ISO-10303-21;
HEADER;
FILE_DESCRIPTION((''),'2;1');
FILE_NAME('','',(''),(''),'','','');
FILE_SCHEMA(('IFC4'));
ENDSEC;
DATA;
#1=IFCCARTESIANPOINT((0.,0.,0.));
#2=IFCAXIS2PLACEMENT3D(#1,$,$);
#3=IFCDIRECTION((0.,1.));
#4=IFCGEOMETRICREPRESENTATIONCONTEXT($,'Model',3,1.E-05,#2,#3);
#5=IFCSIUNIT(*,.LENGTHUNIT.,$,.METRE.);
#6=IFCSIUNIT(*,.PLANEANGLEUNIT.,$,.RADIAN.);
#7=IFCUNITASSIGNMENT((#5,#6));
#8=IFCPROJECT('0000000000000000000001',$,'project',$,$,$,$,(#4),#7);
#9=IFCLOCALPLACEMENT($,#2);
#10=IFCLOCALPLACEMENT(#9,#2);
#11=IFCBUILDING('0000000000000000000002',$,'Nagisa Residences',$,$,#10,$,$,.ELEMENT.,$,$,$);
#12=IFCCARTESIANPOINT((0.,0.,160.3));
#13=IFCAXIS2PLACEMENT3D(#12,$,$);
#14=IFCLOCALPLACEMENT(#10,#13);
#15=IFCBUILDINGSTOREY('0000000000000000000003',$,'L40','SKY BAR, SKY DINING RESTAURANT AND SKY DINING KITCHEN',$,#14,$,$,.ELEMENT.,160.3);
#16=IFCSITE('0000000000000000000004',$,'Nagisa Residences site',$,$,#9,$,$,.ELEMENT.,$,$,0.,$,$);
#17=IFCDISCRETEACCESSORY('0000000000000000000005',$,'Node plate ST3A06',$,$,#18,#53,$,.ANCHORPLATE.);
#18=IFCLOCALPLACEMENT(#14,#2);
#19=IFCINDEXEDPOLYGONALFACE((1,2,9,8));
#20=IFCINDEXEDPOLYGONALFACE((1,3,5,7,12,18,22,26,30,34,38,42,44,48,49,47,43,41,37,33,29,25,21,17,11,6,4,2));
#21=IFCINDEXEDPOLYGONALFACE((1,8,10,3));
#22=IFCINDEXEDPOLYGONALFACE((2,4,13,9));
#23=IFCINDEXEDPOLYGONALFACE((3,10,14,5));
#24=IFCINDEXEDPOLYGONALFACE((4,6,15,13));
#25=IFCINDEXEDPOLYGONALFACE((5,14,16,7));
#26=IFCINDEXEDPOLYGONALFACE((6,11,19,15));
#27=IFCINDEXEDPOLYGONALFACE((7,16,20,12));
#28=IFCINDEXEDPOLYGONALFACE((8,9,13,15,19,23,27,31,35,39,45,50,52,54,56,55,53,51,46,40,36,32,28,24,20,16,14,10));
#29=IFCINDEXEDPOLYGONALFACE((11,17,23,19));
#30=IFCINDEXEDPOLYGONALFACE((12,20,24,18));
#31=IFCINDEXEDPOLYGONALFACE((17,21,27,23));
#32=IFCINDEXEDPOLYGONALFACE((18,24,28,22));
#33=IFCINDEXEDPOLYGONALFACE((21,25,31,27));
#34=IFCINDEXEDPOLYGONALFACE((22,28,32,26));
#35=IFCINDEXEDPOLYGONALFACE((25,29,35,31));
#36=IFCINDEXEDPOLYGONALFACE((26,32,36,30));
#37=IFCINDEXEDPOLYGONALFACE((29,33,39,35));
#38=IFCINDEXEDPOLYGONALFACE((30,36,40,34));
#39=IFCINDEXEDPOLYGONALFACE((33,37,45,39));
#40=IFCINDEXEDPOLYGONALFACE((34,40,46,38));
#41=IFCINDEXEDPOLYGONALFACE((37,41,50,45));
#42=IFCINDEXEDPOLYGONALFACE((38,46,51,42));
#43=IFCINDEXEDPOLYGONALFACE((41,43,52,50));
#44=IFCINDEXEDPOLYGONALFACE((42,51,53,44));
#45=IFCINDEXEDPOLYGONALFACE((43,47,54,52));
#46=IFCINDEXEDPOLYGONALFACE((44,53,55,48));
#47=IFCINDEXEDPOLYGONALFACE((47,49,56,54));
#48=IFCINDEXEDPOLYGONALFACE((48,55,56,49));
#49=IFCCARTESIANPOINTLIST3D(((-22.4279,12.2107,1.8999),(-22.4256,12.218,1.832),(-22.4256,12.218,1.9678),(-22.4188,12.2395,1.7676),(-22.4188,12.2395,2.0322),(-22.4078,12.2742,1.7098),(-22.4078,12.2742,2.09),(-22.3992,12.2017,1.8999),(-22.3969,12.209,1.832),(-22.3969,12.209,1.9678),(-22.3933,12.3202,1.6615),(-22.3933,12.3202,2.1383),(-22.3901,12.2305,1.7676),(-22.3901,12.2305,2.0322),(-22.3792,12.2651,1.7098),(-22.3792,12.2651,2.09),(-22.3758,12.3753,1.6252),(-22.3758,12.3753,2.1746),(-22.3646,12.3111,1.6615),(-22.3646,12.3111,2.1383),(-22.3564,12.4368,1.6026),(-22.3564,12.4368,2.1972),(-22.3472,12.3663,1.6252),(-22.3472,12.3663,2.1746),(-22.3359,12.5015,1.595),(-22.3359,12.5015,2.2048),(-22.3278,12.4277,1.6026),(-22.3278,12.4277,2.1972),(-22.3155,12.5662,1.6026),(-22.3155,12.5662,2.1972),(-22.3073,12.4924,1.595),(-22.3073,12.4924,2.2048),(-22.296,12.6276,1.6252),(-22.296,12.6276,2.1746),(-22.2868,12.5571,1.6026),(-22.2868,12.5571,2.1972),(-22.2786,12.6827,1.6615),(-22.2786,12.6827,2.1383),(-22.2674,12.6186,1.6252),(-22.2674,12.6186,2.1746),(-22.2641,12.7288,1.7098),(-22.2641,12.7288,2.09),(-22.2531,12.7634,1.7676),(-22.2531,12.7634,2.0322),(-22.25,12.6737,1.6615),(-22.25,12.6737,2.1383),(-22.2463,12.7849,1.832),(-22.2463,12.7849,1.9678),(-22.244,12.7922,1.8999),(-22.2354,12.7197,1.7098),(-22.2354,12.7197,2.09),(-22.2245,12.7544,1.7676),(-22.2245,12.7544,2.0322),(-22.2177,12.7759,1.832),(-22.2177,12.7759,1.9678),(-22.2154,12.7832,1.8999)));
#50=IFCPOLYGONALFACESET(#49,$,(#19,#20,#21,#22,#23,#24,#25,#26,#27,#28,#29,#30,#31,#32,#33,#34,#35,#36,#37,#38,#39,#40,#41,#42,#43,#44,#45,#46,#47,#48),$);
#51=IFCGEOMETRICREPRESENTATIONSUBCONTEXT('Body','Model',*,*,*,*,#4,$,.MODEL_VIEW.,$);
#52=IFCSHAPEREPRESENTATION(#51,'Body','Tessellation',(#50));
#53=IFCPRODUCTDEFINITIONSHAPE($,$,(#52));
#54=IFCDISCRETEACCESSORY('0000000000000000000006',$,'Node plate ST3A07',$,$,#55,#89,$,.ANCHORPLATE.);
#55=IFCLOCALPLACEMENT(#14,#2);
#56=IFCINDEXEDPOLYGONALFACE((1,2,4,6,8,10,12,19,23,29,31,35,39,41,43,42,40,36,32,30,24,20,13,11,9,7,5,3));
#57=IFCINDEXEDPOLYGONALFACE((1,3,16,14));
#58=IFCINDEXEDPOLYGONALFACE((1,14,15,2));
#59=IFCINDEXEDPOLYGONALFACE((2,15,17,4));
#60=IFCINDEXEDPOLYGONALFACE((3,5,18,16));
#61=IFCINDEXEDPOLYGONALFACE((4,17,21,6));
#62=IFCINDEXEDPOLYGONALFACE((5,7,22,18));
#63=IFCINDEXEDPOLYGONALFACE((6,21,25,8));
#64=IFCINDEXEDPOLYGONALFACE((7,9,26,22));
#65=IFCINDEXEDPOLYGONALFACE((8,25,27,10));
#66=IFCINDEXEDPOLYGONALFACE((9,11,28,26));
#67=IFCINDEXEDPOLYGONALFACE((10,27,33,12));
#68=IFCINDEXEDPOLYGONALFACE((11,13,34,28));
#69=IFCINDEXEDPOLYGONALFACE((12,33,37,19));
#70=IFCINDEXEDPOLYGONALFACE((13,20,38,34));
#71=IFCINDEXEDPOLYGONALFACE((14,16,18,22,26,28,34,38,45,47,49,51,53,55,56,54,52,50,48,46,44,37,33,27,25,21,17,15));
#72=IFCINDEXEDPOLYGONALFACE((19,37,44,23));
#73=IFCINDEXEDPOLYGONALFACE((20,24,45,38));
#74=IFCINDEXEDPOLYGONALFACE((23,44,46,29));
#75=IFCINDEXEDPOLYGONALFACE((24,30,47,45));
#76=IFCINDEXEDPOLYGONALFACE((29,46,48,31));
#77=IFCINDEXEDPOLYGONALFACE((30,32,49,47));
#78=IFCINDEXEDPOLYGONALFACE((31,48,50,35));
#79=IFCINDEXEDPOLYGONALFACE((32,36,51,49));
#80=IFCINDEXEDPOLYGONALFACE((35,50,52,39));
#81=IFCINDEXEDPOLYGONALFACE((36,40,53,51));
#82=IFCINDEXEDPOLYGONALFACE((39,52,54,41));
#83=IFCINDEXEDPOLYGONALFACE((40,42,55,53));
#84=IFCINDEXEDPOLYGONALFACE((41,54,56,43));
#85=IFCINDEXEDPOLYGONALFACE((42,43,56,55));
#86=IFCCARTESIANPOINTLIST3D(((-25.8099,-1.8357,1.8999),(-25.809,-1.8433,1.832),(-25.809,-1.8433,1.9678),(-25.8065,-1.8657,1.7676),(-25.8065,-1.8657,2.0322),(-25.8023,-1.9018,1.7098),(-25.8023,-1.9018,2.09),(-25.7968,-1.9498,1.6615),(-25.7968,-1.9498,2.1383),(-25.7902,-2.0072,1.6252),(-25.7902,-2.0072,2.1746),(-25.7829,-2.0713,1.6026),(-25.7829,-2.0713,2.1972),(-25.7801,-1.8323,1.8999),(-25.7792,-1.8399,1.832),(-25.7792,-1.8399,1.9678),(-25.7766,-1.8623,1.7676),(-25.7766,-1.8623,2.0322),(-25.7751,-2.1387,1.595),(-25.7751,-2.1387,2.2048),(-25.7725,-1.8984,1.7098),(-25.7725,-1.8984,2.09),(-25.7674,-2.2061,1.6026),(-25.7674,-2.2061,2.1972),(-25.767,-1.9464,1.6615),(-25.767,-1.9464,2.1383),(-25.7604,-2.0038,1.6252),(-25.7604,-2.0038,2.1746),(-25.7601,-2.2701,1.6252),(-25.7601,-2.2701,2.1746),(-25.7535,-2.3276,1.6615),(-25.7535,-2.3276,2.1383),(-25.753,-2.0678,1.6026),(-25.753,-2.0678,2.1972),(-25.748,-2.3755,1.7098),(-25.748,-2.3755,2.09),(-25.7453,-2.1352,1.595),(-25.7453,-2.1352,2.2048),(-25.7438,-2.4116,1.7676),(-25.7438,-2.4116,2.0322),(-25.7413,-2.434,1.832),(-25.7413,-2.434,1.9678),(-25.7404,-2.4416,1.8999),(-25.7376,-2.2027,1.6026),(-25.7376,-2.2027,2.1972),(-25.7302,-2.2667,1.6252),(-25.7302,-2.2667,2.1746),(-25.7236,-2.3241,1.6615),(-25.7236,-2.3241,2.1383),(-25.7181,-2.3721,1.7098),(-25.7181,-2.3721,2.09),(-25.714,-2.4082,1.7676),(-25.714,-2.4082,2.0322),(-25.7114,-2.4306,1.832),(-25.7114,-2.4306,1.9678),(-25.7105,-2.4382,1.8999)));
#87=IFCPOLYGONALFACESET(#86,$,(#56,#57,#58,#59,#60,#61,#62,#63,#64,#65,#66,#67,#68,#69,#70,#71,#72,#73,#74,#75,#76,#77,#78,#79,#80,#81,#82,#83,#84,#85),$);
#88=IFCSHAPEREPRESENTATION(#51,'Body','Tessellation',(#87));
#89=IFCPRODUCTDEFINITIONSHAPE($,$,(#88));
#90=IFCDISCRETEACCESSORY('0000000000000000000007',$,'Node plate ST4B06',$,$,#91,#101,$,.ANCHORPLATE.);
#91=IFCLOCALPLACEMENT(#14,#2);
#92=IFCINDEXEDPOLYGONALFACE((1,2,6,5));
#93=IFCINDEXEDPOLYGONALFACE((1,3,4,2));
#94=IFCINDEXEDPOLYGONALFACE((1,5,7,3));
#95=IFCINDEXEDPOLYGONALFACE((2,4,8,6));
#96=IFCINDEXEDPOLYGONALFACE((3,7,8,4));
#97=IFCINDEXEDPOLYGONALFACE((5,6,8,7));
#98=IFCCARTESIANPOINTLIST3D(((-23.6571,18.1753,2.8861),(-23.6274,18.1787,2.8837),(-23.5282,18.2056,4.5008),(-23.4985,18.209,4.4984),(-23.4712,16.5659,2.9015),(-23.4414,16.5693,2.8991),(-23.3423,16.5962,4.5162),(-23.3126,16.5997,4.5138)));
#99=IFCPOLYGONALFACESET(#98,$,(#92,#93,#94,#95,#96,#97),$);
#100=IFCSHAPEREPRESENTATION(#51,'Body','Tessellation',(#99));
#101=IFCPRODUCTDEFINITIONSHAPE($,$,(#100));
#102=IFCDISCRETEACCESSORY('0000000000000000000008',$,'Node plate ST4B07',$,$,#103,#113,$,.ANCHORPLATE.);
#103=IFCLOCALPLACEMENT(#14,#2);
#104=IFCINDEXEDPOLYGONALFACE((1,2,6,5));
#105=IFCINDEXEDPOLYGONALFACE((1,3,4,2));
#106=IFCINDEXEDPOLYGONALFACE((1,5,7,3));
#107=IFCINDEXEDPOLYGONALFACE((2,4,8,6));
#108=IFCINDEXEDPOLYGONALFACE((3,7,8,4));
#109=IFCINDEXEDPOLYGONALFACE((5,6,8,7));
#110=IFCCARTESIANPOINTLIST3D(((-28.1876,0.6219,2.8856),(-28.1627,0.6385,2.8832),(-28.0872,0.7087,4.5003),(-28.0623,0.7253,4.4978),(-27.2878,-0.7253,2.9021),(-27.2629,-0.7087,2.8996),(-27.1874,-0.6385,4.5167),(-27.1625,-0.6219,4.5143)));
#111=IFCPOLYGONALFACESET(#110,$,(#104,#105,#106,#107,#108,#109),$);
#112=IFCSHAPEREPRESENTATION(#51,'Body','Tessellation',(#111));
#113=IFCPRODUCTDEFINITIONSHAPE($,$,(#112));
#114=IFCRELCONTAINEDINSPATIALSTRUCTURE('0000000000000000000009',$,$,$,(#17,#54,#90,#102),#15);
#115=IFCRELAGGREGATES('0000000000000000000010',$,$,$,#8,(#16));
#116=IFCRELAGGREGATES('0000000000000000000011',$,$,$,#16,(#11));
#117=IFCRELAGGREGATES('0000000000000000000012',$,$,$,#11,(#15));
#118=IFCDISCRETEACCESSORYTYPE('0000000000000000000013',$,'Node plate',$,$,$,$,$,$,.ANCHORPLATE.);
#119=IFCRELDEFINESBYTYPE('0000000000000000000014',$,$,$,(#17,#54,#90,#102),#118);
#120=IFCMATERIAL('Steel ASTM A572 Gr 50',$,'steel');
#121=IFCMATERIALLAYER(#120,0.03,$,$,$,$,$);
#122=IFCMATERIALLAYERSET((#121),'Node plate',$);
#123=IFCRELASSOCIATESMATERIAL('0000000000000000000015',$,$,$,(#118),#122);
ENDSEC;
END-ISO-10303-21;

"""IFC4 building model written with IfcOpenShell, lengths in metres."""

from ifc_helpers import new_model, si_unit, direction, frame, origin, origin_2d, place, context, subcontext, project, spatial, rectangle, circle, extrude, material, layer, layer_set, type_object, element, save


model = new_model("IFC4")

# Units and contexts
model_context = context("Model", 3, precision=1e-05, world=origin(), true_north=direction((0.0, 1.0)))
body_context = subcontext(model_context, "Body", "Model", "MODEL_VIEW")
ifc_project = project(units=[si_unit("LENGTHUNIT", "METRE"), si_unit("PLANEANGLEUNIT", "RADIAN")], contexts=[model_context])

# Site, building, storey
site_placement = place(None, origin())
site = spatial("IfcSite", under=ifc_project, at=site_placement, Name="Nagisa Residences site", CompositionType="ELEMENT", RefElevation=0.0)
building_placement = place(site_placement, origin())
building = spatial("IfcBuilding", under=site, at=building_placement, Name="Nagisa Residences", CompositionType="ELEMENT")
storey_placement = place(building_placement, frame((0.0, 0.0, 160.3)))
storey = spatial("IfcBuildingStorey", under=building, at=storey_placement, Name="L40", Description="SKY BAR, SKY DINING RESTAURANT AND SKY DINING KITCHEN", CompositionType="ELEMENT", Elevation=160.3)

# Discrete accessories
ifc_material_1 = material(Name="Steel ASTM A572 Gr 50", Category="steel")
ifc_layer_1 = layer(ifc_material_1, 0.03)
ifc_layer_set_1 = layer_set([ifc_layer_1], Name="Node plate")
discrete_accessory_type = type_object("IfcDiscreteAccessoryType", Name="Node plate", PredefinedType="ANCHORPLATE", material=ifc_layer_set_1)
for number, where, z_axis, x_axis, name in (
    (1, (-22.3359, 12.5015, 1.8999), (0.953459, -0.301521, 0.0), (0.301521, 0.953459, 0.0), "Node plate ST3A06"),
    (2, (-25.7751, -2.1387, 1.8999), (0.99348, 0.114006, 0.0), (-0.114006, 0.99348, 0.0), "Node plate ST3A07"),
):
    element("IfcDiscreteAccessory", number, at=place(storey_placement, frame(where, z_axis=z_axis, x_axis=x_axis)), inside=storey, type_object=discrete_accessory_type, Name=name, PredefinedType="ANCHORPLATE", context=body_context, shape_type="SweptSolid", body=[
        extrude(circle(Radius=0.3049, at=origin_2d()), origin(), (0.0, 0.0, 1.0), 0.03),
    ])
for number, where, z_axis, x_axis, name in (
    (3, (-23.47, 17.3892, 3.6987), (-0.990202, -0.11363, 0.081164), (0.114769, -0.993347, 0.0095), "Node plate ST4B06"),
    (4, (-27.6626, 0.0083, 3.6987), (-0.829296, -0.552864, 0.081304), (0.555362, -0.831547, 0.010174), "Node plate ST4B07"),
):
    element("IfcDiscreteAccessory", number, at=place(storey_placement, frame(where, z_axis=z_axis, x_axis=x_axis)), inside=storey, type_object=discrete_accessory_type, Name=name, PredefinedType="ANCHORPLATE", context=body_context, shape_type="SweptSolid", body=[
        extrude(rectangle(XDim=1.6201, YDim=1.6201, at=origin_2d()), origin(), (0.0, 0.0, 1.0), 0.03),
    ])

save(model, "model.ifc")
